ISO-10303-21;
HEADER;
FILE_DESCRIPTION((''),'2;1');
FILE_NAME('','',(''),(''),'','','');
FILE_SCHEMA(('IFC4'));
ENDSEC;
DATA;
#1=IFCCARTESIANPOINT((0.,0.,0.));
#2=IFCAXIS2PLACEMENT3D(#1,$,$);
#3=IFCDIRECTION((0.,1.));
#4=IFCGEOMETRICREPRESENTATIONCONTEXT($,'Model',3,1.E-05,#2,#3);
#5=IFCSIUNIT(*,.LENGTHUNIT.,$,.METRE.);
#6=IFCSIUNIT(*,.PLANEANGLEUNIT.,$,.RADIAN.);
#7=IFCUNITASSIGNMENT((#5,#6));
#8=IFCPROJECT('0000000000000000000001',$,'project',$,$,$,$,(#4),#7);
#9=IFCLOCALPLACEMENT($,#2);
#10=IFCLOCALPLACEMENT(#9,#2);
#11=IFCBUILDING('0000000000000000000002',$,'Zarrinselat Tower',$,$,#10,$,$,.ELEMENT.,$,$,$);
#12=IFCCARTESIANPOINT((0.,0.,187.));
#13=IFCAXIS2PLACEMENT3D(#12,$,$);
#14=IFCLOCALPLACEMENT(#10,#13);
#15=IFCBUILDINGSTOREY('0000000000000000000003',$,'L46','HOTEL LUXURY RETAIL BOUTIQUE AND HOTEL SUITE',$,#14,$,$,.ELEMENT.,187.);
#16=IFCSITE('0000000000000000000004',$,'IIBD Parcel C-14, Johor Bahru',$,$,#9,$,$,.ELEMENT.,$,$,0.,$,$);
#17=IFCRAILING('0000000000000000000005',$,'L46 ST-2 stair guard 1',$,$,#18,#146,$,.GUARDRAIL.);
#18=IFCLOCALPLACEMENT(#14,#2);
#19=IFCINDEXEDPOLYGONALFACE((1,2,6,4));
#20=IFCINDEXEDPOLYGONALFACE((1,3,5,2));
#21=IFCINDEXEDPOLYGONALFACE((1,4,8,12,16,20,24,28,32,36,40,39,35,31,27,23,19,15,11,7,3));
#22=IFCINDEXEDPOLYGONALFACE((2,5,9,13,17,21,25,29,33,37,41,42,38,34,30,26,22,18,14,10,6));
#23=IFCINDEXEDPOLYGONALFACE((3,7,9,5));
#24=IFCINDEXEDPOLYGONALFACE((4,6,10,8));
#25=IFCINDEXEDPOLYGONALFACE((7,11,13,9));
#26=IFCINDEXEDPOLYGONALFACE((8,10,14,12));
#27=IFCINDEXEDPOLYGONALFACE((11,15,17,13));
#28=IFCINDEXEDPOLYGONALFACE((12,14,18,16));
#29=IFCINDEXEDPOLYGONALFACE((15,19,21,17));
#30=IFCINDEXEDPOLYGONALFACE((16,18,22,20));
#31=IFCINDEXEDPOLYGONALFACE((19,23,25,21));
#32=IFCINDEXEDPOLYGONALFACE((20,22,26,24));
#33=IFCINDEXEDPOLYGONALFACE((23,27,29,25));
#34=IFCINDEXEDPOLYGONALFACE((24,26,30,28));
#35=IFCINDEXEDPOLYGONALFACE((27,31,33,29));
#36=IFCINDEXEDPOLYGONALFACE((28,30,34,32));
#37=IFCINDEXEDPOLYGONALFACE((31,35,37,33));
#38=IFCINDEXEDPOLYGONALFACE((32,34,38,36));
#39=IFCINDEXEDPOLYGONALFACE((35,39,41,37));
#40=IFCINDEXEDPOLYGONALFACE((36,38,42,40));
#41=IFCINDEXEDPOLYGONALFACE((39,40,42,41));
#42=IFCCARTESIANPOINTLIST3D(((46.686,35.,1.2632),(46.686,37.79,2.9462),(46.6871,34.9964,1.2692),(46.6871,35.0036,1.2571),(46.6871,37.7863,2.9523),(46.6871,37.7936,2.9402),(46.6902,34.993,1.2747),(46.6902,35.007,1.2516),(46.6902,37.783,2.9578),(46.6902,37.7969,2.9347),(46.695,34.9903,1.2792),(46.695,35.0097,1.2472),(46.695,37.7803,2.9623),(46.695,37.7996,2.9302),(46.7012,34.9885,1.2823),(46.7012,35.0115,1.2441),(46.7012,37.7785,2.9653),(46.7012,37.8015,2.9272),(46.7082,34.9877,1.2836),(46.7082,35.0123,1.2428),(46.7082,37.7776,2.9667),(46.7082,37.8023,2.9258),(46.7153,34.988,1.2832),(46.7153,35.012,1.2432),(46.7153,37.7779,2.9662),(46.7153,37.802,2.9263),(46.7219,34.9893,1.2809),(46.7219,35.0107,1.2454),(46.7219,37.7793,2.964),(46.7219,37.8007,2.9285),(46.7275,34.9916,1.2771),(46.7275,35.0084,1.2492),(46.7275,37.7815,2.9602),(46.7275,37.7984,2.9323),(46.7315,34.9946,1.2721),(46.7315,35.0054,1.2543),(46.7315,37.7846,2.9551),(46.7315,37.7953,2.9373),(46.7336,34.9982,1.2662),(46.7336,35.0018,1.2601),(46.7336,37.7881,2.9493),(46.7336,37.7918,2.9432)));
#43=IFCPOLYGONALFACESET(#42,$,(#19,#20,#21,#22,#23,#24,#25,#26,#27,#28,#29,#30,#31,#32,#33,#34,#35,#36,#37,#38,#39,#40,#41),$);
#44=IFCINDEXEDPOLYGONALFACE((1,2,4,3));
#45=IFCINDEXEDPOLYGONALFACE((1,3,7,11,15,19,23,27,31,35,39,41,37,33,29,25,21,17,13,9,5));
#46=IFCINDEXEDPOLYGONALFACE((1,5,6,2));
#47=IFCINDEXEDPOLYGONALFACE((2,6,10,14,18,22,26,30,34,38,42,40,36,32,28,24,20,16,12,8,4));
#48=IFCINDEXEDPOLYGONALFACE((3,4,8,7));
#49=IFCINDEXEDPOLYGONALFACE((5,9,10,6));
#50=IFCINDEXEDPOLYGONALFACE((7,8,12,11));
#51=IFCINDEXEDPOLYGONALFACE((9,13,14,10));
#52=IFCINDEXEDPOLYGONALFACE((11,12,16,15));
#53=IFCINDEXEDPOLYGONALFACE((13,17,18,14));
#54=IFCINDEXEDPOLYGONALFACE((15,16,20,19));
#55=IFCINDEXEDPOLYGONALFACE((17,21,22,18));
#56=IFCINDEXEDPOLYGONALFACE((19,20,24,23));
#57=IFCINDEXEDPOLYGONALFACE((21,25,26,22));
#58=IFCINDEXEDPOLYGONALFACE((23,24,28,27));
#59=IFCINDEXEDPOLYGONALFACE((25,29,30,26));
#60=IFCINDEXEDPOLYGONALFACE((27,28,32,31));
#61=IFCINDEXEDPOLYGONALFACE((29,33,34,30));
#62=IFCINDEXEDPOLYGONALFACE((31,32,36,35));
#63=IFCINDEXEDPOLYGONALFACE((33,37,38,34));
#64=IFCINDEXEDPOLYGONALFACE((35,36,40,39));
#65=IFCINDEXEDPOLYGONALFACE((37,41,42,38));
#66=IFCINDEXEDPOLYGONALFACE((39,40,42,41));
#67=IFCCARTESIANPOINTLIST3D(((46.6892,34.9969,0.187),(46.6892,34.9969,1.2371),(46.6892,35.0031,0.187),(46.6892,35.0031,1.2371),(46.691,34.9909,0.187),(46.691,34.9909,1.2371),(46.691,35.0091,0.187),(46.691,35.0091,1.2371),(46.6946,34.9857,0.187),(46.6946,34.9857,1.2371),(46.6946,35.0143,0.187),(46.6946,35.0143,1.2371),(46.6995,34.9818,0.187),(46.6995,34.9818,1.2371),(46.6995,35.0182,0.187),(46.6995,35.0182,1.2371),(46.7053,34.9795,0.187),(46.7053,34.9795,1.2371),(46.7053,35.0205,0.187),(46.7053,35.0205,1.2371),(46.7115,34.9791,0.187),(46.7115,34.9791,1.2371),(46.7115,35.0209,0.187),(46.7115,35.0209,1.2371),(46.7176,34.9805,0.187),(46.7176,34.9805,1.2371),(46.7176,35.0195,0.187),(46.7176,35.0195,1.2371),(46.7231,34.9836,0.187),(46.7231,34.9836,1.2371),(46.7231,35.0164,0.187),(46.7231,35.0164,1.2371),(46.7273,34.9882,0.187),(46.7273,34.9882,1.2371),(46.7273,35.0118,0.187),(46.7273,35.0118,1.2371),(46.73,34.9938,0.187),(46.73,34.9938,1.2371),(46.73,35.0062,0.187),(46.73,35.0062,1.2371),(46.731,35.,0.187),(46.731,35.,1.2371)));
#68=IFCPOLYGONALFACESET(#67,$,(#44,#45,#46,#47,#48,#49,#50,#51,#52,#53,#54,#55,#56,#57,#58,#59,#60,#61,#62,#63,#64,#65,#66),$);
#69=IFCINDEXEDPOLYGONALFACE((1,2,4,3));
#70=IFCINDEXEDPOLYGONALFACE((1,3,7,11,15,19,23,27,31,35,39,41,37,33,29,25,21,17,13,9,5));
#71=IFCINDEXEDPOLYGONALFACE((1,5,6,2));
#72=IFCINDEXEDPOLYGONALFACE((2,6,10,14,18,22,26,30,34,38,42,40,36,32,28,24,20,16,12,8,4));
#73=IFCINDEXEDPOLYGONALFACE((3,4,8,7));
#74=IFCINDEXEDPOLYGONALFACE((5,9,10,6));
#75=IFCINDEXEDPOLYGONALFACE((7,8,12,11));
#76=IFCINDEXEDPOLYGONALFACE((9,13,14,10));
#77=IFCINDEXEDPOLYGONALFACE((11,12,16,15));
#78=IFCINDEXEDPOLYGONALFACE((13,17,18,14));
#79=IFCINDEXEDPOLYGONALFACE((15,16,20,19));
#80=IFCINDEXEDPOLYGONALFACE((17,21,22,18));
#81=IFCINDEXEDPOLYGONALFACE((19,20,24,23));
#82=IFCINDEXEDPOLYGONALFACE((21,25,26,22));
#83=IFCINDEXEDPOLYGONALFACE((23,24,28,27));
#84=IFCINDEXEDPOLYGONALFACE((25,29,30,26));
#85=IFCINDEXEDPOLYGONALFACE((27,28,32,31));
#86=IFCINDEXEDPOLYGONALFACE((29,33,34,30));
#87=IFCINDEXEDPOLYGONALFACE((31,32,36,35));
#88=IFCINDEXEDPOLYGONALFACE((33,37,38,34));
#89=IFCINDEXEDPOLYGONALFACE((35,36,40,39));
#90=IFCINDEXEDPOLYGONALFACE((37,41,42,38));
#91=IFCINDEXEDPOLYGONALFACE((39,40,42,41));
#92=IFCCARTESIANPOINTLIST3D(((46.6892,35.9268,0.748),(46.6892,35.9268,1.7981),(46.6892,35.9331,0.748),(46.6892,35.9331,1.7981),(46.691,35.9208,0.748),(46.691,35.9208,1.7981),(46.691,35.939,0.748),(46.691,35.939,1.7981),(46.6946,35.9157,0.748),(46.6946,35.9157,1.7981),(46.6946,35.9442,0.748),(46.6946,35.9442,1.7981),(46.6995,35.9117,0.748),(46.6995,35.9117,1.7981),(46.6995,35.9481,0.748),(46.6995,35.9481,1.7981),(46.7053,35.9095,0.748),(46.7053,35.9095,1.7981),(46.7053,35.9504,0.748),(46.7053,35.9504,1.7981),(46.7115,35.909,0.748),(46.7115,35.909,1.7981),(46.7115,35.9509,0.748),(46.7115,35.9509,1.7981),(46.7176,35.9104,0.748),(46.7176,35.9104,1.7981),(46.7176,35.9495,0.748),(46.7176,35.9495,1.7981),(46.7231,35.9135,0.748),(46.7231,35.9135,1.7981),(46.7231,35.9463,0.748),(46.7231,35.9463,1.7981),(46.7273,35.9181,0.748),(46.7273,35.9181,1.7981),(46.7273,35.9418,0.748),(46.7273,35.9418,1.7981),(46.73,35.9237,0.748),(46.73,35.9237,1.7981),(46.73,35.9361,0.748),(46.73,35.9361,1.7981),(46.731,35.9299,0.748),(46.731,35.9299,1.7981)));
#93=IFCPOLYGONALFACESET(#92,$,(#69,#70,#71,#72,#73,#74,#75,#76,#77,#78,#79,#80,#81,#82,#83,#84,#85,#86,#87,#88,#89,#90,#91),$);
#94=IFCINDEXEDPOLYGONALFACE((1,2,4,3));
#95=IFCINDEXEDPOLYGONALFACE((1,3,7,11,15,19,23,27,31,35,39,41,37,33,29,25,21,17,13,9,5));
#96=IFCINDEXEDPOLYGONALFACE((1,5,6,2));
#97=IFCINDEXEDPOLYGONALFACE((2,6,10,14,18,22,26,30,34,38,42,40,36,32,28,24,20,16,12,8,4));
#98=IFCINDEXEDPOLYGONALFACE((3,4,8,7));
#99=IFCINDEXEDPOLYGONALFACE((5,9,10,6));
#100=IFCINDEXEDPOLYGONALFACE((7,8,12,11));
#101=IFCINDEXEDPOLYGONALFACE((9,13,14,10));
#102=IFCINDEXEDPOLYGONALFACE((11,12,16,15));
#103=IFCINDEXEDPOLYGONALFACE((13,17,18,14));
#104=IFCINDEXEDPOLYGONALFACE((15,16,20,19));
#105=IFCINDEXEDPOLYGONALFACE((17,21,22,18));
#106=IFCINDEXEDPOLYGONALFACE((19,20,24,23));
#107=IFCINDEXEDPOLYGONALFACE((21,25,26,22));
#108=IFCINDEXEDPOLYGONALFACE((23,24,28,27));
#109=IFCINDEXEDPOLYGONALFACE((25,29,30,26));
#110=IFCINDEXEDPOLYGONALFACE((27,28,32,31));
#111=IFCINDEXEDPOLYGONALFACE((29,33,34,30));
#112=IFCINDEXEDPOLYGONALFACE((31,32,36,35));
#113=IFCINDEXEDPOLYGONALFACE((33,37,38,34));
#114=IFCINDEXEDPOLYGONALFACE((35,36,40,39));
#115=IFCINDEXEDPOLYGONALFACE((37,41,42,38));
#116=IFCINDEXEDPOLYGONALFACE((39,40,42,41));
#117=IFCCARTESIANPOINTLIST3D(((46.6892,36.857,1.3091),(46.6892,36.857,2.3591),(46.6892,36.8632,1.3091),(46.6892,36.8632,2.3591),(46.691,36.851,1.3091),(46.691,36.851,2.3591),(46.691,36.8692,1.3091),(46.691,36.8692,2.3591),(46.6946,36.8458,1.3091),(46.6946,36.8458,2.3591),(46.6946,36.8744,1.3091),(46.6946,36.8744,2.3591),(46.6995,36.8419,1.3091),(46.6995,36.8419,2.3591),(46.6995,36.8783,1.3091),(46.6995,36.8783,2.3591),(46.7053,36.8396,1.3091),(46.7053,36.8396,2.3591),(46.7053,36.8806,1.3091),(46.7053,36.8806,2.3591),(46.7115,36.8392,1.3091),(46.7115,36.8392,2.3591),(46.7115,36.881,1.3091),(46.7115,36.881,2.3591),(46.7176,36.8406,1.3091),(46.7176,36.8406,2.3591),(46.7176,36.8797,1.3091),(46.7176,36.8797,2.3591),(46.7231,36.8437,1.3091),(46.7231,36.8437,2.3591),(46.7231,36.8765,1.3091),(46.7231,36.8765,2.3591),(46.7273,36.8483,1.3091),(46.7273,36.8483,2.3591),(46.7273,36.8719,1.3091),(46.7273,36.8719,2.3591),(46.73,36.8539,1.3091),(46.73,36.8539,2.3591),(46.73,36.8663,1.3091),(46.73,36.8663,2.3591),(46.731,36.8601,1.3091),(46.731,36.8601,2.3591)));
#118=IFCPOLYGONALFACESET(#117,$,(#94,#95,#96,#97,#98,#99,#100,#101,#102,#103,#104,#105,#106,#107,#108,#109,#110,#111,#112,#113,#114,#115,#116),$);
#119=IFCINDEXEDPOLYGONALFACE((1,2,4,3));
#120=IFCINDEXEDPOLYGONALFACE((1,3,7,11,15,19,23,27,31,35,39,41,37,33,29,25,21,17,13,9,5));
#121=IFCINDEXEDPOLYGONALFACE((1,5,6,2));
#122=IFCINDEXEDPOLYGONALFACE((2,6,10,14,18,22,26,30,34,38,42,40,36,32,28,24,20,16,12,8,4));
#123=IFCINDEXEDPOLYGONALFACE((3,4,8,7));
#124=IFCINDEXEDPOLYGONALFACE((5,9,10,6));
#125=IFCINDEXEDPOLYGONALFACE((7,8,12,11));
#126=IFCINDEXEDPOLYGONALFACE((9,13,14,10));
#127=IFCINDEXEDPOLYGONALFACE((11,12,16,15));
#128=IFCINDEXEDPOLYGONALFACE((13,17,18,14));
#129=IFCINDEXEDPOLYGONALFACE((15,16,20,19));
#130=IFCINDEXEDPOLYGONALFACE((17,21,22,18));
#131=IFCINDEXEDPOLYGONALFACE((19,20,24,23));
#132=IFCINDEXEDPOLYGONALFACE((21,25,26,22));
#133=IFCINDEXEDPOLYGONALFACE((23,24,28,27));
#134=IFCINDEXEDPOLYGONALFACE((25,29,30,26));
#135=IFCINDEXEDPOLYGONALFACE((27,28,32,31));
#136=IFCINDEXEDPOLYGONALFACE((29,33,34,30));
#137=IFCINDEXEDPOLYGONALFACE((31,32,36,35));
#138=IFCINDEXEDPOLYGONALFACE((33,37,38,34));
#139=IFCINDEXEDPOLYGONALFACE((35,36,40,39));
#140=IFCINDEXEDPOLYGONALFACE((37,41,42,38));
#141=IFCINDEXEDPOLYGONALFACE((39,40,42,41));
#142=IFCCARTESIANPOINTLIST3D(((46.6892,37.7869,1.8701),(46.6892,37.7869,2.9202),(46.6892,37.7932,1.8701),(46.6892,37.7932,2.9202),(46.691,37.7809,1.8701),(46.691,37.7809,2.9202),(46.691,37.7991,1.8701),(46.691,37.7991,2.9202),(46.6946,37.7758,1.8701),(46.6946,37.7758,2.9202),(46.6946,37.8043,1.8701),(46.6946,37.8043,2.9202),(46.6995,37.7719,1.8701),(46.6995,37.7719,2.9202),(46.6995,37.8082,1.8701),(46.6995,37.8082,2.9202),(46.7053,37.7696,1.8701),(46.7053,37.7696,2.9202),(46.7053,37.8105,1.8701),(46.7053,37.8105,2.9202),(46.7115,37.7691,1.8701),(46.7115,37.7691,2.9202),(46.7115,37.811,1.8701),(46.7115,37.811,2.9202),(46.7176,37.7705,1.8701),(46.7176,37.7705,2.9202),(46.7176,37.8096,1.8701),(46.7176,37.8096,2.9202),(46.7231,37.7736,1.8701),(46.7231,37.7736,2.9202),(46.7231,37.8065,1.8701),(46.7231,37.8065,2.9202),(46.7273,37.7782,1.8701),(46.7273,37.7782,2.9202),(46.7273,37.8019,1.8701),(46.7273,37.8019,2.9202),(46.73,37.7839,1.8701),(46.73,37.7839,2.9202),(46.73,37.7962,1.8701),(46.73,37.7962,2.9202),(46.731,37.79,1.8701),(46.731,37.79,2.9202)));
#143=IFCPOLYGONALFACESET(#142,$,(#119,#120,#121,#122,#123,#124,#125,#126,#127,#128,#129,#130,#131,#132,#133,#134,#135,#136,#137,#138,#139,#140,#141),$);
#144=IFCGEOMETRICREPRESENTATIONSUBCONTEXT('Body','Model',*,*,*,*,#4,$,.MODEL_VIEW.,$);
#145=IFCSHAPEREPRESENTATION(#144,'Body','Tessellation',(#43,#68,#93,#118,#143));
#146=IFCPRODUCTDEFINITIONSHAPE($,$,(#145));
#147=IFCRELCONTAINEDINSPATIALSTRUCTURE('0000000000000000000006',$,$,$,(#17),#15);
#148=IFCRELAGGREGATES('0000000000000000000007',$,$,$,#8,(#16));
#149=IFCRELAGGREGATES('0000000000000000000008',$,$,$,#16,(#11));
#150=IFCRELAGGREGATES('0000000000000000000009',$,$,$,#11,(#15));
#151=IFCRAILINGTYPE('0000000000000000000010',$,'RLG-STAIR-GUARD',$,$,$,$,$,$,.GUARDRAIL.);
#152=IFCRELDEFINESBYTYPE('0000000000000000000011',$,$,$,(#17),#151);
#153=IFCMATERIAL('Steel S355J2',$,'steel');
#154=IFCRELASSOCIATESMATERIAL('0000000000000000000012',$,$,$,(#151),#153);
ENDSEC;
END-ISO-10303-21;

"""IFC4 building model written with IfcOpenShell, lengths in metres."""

from ifc_helpers import new_model, si_unit, direction, frame, origin, origin_2d, place, context, subcontext, project, spatial, circle, extrude, material, type_object, element, save


model = new_model("IFC4")

# Units and contexts
model_context = context("Model", 3, precision=1e-05, world=origin(), true_north=direction((0.0, 1.0)))
body_context = subcontext(model_context, "Body", "Model", "MODEL_VIEW")
ifc_project = project(units=[si_unit("LENGTHUNIT", "METRE"), si_unit("PLANEANGLEUNIT", "RADIAN")], contexts=[model_context])

# Site, building, storey
site_placement = place(None, origin())
site = spatial("IfcSite", under=ifc_project, at=site_placement, Name="IIBD Parcel C-14, Johor Bahru", CompositionType="ELEMENT", RefElevation=0.0)
building_placement = place(site_placement, origin())
building = spatial("IfcBuilding", under=site, at=building_placement, Name="Zarrinselat Tower", CompositionType="ELEMENT")
storey_placement = place(building_placement, frame((0.0, 0.0, 187.0)))
storey = spatial("IfcBuildingStorey", under=building, at=storey_placement, Name="L46", Description="HOTEL LUXURY RETAIL BOUTIQUE AND HOTEL SUITE", CompositionType="ELEMENT", Elevation=187.0)

# Railing
ifc_material_1 = material(Name="Steel S355J2", Category="steel")
railing_type_1 = type_object("IfcRailingType", Name="RLG-STAIR-GUARD", PredefinedType="GUARDRAIL", material=ifc_material_1)
railing_1_placement = place(storey_placement, frame((46.71, 35.0, 0.187)))
element("IfcRailing", 1, at=railing_1_placement, inside=storey, type_object=railing_type_1, Name="L46 ST-2 stair guard 1", PredefinedType="GUARDRAIL", context=body_context, shape_type="SweptSolid", body=[
    extrude(circle(Radius=0.0239, at=origin_2d()), frame((0.0, 0.0, 1.0762), z_axis=(0.0, 0.856261, 0.516544), x_axis=(-1.0, 0.0, 0.0)), (0.0, 0.0, 1.0), 3.2583),
    extrude(circle(Radius=0.021, at=origin_2d()), origin(), (0.0, 0.0, 1.0), 1.05),
    extrude(circle(Radius=0.021, at=origin_2d()), frame((0.0, 0.9299, 0.561)), (0.0, 0.0, 1.0), 1.05),
    extrude(circle(Radius=0.021, at=origin_2d()), frame((0.0, 1.8601, 1.1221)), (0.0, 0.0, 1.0), 1.05),
    extrude(circle(Radius=0.021, at=origin_2d()), frame((0.0, 2.79, 1.6831)), (0.0, 0.0, 1.0), 1.05),
])

save(model, "model.ifc")
